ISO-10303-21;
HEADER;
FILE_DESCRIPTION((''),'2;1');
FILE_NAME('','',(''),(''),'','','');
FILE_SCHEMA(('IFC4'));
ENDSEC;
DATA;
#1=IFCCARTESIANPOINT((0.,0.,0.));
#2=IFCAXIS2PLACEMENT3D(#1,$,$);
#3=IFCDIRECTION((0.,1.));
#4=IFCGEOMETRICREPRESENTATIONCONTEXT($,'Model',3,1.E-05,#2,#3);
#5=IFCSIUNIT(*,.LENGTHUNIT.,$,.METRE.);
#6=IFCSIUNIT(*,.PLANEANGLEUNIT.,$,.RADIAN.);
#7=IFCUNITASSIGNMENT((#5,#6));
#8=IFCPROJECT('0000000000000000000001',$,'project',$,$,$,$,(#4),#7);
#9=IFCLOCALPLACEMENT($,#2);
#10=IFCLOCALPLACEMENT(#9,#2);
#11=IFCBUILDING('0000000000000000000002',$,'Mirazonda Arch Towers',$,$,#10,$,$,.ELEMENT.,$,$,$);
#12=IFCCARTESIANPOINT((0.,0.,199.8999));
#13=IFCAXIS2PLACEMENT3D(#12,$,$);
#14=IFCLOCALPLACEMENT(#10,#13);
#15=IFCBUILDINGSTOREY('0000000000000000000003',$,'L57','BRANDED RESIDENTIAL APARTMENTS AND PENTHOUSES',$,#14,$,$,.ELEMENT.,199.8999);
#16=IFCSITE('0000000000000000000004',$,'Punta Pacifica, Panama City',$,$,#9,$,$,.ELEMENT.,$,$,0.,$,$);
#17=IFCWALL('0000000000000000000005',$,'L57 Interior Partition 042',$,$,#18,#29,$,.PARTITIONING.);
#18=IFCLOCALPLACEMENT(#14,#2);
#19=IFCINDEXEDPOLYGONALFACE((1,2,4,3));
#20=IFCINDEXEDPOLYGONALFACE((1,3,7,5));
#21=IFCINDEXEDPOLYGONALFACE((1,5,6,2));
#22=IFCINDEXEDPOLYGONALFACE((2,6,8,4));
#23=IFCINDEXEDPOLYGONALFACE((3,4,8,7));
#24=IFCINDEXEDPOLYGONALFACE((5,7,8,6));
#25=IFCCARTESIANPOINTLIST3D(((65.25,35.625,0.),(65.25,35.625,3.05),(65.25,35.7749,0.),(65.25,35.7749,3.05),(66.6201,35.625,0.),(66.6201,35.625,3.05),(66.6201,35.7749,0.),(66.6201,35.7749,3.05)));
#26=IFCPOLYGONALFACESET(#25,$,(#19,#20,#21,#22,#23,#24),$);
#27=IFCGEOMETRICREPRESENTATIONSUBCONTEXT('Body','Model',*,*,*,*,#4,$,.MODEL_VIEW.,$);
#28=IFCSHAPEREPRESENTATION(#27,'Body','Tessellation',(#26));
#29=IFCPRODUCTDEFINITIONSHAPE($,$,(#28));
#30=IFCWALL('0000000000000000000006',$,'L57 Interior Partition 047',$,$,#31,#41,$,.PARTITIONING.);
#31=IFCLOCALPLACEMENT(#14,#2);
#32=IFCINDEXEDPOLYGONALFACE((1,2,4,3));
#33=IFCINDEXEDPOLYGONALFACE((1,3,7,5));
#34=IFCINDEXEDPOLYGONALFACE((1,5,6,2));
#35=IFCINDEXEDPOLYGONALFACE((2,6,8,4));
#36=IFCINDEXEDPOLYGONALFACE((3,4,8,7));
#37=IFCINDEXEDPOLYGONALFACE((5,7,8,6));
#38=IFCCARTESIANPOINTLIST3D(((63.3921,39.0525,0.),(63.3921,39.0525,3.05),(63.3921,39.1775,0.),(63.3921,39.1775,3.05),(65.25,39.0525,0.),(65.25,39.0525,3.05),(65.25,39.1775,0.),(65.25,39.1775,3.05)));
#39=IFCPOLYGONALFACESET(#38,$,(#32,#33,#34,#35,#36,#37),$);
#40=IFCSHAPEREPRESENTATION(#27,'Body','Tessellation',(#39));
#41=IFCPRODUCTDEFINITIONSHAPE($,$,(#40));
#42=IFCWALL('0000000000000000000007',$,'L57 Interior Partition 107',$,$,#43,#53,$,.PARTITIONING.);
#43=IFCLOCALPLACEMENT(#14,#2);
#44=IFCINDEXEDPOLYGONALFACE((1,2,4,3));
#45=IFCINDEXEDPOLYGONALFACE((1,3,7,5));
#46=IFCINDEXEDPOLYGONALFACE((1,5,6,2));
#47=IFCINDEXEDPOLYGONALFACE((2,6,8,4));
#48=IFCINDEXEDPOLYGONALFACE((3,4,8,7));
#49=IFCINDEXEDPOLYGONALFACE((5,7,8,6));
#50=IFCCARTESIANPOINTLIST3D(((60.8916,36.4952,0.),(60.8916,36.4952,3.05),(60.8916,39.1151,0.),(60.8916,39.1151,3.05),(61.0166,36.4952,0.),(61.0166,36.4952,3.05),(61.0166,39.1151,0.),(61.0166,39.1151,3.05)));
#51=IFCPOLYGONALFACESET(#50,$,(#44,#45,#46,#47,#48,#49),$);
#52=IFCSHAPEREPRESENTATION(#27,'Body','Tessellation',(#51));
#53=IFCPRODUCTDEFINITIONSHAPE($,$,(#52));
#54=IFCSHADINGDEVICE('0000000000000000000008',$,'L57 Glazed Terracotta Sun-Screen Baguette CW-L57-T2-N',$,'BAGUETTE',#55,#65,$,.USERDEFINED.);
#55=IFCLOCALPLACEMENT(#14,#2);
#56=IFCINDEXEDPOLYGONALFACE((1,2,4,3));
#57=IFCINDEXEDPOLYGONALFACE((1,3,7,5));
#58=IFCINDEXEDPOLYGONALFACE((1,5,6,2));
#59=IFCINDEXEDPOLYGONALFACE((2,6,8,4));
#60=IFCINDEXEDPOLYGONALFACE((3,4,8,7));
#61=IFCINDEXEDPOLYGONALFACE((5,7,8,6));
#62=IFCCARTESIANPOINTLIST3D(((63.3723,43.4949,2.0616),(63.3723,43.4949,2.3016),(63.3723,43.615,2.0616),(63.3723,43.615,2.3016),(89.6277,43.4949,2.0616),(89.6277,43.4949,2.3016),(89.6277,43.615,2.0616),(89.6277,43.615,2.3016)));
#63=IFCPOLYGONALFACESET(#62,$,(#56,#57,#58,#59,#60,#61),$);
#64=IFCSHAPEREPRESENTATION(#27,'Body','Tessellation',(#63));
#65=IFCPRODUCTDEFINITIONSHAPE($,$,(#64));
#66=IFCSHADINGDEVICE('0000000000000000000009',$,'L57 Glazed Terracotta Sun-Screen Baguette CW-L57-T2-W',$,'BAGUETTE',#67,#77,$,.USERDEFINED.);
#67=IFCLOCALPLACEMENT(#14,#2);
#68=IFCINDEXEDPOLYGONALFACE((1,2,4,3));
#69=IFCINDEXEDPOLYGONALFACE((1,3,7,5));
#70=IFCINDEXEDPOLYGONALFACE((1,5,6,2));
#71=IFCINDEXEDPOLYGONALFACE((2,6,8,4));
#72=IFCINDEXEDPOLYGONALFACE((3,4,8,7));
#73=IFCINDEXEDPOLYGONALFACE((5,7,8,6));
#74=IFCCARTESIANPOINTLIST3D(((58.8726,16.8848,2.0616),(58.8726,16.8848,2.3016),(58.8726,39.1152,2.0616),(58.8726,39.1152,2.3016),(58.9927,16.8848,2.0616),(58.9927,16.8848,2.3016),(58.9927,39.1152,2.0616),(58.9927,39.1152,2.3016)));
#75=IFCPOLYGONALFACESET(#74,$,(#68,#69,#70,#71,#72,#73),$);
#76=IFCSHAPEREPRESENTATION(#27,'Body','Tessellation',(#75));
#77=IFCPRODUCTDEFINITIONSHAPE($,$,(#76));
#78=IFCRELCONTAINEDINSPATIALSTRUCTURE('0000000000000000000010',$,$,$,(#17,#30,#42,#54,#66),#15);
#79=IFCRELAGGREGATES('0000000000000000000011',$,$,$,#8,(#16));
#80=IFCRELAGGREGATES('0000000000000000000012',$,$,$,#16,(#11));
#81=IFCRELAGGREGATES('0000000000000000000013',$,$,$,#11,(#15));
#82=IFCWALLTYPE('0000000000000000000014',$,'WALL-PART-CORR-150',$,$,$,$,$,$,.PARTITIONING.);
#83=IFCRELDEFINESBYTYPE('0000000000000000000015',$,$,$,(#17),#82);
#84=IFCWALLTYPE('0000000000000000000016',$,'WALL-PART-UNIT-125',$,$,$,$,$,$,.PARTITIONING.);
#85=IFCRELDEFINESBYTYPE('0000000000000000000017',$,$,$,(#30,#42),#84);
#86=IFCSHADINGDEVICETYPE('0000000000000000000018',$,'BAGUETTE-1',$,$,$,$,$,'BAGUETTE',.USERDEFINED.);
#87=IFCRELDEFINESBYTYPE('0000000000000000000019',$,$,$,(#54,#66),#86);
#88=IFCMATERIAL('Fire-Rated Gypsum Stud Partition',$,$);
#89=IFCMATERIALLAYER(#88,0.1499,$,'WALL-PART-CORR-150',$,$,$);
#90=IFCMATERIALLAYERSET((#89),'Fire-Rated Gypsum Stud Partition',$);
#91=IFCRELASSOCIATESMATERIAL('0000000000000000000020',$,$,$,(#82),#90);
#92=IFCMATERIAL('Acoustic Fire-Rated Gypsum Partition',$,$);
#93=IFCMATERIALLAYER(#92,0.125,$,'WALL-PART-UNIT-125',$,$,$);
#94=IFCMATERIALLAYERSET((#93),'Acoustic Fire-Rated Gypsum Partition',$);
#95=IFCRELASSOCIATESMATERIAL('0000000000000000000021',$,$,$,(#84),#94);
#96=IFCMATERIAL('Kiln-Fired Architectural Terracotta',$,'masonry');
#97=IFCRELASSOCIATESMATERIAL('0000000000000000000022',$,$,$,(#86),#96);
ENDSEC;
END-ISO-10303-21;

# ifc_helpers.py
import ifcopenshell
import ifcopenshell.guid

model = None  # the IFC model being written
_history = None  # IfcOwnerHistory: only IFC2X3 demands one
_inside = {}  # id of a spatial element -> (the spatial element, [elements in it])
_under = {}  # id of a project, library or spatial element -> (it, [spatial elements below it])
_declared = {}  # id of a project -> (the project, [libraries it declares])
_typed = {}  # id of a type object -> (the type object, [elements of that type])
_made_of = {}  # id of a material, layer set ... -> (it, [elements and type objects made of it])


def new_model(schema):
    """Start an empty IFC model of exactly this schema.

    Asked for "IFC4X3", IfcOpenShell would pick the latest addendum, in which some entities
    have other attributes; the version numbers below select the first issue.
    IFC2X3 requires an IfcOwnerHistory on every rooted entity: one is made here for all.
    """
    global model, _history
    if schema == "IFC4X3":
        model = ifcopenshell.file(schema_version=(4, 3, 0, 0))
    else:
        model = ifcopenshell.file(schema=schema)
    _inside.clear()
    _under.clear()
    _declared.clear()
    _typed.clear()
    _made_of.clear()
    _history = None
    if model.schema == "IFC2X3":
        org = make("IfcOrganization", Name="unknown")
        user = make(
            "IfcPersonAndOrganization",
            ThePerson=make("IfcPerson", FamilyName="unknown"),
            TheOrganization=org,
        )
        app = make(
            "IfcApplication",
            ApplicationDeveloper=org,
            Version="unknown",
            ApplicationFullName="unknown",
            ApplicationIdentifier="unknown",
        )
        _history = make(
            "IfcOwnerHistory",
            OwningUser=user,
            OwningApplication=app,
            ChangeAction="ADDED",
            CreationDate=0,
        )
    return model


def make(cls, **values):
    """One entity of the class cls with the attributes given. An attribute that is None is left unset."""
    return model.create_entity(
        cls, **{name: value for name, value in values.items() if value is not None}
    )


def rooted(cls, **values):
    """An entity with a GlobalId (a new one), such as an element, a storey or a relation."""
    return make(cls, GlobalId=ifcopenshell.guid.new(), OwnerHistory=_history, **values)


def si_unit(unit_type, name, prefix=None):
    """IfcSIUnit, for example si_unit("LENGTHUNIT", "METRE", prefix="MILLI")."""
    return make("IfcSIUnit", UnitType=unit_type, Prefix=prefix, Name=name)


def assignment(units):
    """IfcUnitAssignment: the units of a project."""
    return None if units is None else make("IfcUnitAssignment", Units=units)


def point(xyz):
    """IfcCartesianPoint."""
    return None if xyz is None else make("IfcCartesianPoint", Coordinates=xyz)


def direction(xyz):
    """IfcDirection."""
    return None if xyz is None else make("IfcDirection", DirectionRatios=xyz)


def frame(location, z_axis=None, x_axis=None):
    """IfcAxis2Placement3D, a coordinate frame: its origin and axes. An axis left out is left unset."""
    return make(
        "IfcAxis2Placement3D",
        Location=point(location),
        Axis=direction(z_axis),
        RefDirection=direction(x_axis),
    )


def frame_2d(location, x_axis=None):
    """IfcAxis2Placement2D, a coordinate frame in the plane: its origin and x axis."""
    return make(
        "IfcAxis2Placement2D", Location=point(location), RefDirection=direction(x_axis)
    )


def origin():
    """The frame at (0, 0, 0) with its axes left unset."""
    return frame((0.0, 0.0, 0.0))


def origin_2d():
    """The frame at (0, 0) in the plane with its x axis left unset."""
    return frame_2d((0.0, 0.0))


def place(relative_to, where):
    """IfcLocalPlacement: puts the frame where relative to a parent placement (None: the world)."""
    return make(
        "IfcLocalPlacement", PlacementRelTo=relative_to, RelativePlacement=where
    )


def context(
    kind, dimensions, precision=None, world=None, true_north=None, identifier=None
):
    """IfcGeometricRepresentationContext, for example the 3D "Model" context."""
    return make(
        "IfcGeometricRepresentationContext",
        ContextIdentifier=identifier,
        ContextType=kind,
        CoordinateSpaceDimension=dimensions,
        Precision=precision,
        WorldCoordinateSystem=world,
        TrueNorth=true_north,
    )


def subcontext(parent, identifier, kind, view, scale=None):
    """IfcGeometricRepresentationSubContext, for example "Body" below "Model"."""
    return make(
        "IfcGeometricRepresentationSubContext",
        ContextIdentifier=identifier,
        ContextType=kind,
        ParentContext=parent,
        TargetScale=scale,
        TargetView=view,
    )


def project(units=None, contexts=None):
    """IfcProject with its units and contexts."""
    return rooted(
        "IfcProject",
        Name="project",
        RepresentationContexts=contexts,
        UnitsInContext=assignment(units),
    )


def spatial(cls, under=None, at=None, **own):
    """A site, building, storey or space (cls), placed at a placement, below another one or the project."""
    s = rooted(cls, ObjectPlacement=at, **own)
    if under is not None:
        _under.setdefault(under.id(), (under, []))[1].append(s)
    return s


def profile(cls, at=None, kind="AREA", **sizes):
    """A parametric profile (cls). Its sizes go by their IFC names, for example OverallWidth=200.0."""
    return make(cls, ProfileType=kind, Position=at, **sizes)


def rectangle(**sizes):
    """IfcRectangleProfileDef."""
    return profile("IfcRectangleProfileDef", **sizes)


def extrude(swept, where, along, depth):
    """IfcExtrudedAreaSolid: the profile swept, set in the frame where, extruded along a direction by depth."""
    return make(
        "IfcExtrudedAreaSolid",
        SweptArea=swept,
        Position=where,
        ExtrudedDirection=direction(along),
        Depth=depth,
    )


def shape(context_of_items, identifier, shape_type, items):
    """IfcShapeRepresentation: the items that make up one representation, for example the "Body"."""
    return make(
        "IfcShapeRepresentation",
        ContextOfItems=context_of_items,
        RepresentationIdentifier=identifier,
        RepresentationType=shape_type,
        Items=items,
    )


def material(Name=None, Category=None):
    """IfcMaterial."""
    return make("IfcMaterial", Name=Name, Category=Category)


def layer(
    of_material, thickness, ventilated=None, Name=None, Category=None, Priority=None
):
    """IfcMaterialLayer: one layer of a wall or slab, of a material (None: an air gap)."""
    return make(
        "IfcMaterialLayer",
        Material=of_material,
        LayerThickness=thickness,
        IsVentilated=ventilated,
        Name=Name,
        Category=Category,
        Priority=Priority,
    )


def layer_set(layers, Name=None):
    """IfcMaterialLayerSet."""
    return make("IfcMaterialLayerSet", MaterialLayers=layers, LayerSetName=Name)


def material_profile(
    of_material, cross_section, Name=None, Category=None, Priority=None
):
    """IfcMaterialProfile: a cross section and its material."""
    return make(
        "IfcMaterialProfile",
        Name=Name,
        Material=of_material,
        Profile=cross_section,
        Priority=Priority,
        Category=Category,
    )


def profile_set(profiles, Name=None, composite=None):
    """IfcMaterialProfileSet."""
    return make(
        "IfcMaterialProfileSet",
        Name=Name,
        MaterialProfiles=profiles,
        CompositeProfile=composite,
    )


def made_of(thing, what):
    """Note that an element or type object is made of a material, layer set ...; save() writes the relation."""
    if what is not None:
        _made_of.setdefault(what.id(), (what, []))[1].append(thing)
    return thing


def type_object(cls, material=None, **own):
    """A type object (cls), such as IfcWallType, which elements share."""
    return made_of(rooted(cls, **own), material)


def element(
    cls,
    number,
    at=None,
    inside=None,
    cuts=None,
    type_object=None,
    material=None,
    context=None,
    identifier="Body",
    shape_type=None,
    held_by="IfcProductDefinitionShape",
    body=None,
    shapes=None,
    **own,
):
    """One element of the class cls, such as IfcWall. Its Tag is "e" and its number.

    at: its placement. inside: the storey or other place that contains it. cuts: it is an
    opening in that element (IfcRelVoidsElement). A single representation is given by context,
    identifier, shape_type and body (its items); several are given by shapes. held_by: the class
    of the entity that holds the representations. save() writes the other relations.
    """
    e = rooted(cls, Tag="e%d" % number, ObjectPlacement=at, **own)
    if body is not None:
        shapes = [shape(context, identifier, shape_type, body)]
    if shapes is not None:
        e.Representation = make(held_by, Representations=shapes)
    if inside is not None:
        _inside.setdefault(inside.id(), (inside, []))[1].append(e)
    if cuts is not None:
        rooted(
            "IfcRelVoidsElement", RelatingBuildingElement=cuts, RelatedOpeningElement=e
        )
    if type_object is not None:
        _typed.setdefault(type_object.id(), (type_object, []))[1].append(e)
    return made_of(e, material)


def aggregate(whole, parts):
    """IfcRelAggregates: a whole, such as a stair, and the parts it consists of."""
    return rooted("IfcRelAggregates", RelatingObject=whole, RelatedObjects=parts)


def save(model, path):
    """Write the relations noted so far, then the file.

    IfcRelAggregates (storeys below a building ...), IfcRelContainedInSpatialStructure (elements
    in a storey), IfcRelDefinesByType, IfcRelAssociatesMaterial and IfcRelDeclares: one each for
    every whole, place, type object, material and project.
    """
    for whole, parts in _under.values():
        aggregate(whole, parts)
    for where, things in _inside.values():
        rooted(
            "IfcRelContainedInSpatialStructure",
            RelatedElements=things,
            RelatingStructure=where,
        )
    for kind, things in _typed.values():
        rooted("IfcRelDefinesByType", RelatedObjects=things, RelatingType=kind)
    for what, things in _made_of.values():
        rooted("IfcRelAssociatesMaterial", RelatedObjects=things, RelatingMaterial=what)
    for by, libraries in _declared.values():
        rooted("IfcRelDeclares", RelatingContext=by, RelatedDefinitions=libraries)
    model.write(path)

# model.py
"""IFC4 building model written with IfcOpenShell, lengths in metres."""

from ifc_helpers import new_model, si_unit, direction, frame, frame_2d, origin, origin_2d, place, context, subcontext, project, spatial, rectangle, extrude, material, layer, layer_set, material_profile, profile_set, type_object, element, save


model = new_model("IFC4")

# Units and contexts
model_context = context("Model", 3, precision=1e-05, world=origin(), true_north=direction((0.0, 1.0)))
body_context = subcontext(model_context, "Body", "Model", "MODEL_VIEW")
ifc_project = project(units=[si_unit("LENGTHUNIT", "METRE"), si_unit("PLANEANGLEUNIT", "RADIAN")], contexts=[model_context])

# Site, building, storey
site_placement = place(None, origin())
site = spatial("IfcSite", under=ifc_project, at=site_placement, Name="Punta Pacifica, Panama City", CompositionType="ELEMENT", RefElevation=0.0)
building_placement = place(site_placement, origin())
building = spatial("IfcBuilding", under=site, at=building_placement, Name="Mirazonda Arch Towers", CompositionType="ELEMENT")
storey_placement = place(building_placement, frame((0.0, 0.0, 199.8999)))
storey = spatial("IfcBuildingStorey", under=building, at=storey_placement, Name="L57", Description="BRANDED RESIDENTIAL APARTMENTS AND PENTHOUSES", CompositionType="ELEMENT", Elevation=199.8999)

# Wall
ifc_material_1 = material(Name="Fire-Rated Gypsum Stud Partition")
ifc_layer_1 = layer(ifc_material_1, 0.1499, Name="WALL-PART-CORR-150")
ifc_layer_set_1 = layer_set([ifc_layer_1], Name="Fire-Rated Gypsum Stud Partition")
wall_type_1 = type_object("IfcWallType", Name="WALL-PART-CORR-150", PredefinedType="PARTITIONING", material=ifc_layer_set_1)
wall_1_placement = place(storey_placement, frame((65.25, 35.7, 0.0), z_axis=(0.0, 0.0, 1.0), x_axis=(1.0, 0.0, 0.0)))
element("IfcWall", 1, at=wall_1_placement, inside=storey, type_object=wall_type_1, Name="L57 Interior Partition 042", PredefinedType="PARTITIONING", context=body_context, shape_type="SweptSolid", body=[
    extrude(rectangle(XDim=1.3701, YDim=0.1499, at=frame_2d((0.6851, 0.0))), origin(), (0.0, 0.0, 1.0), 3.05),
])

# Walls
ifc_material_2 = material(Name="Acoustic Fire-Rated Gypsum Partition")
ifc_layer_2 = layer(ifc_material_2, 0.125, Name="WALL-PART-UNIT-125")
ifc_layer_set_2 = layer_set([ifc_layer_2], Name="Acoustic Fire-Rated Gypsum Partition")
wall_type_2 = type_object("IfcWallType", Name="WALL-PART-UNIT-125", PredefinedType="PARTITIONING", material=ifc_layer_set_2)
wall_2_placement = place(storey_placement, frame((63.3921, 39.115, 0.0), z_axis=(0.0, 0.0, 1.0), x_axis=(1.0, 0.0, 0.0)))
element("IfcWall", 2, at=wall_2_placement, inside=storey, type_object=wall_type_2, Name="L57 Interior Partition 047", PredefinedType="PARTITIONING", context=body_context, shape_type="SweptSolid", body=[
    extrude(rectangle(XDim=1.8579, YDim=0.125, at=frame_2d((0.929, 0.0))), origin(), (0.0, 0.0, 1.0), 3.05),
])
wall_3_placement = place(storey_placement, frame((60.9541, 36.4951, 0.0), z_axis=(0.0, 0.0, 1.0), x_axis=(0.0, 1.0, 0.0)))
element("IfcWall", 3, at=wall_3_placement, inside=storey, type_object=wall_type_2, Name="L57 Interior Partition 107", PredefinedType="PARTITIONING", context=body_context, shape_type="SweptSolid", body=[
    extrude(rectangle(XDim=2.6199, YDim=0.125, at=frame_2d((1.3101, 0.0))), origin(), (0.0, 0.0, 1.0), 3.05),
])

# Shading devices
ifc_material_3 = material(Name="Kiln-Fired Architectural Terracotta", Category="masonry")
ifc_material_profile_1 = material_profile(ifc_material_3, rectangle(XDim=0.1201, YDim=0.24, at=origin_2d()), Name="TERRA-BAG-120x240")
ifc_profile_set_1 = profile_set([ifc_material_profile_1], Name="Kiln-Fired Architectural Terracotta")
shading_device_type = type_object("IfcShadingDeviceType", Name="BAGUETTE-1", ElementType="BAGUETTE", PredefinedType="USERDEFINED", material=ifc_profile_set_1)
shading_device_1_placement = place(storey_placement, frame((63.3723, 43.5549, 2.1816), z_axis=(1.0, 0.0, 0.0), x_axis=(0.0, 1.0, 0.0)))
element("IfcShadingDevice", 4, at=shading_device_1_placement, inside=storey, type_object=shading_device_type, Name="L57 Glazed Terracotta Sun-Screen Baguette CW-L57-T2-N", ObjectType="BAGUETTE", PredefinedType="USERDEFINED", context=body_context, shape_type="SweptSolid", body=[
    extrude(rectangle(XDim=0.1201, YDim=0.24, at=origin_2d()), origin(), (0.0, 0.0, 1.0), 26.2554),
])
shading_device_2_placement = place(storey_placement, frame((58.9326, 39.1152, 2.1816), z_axis=(0.0, -1.0, 0.0), x_axis=(1.0, 0.0, 0.0)))
element("IfcShadingDevice", 5, at=shading_device_2_placement, inside=storey, type_object=shading_device_type, Name="L57 Glazed Terracotta Sun-Screen Baguette CW-L57-T2-W", ObjectType="BAGUETTE", PredefinedType="USERDEFINED", context=body_context, shape_type="SweptSolid", body=[
    extrude(rectangle(XDim=0.1201, YDim=0.24, at=origin_2d()), origin(), (0.0, 0.0, 1.0), 22.2305),
])

save(model, "model.ifc")
